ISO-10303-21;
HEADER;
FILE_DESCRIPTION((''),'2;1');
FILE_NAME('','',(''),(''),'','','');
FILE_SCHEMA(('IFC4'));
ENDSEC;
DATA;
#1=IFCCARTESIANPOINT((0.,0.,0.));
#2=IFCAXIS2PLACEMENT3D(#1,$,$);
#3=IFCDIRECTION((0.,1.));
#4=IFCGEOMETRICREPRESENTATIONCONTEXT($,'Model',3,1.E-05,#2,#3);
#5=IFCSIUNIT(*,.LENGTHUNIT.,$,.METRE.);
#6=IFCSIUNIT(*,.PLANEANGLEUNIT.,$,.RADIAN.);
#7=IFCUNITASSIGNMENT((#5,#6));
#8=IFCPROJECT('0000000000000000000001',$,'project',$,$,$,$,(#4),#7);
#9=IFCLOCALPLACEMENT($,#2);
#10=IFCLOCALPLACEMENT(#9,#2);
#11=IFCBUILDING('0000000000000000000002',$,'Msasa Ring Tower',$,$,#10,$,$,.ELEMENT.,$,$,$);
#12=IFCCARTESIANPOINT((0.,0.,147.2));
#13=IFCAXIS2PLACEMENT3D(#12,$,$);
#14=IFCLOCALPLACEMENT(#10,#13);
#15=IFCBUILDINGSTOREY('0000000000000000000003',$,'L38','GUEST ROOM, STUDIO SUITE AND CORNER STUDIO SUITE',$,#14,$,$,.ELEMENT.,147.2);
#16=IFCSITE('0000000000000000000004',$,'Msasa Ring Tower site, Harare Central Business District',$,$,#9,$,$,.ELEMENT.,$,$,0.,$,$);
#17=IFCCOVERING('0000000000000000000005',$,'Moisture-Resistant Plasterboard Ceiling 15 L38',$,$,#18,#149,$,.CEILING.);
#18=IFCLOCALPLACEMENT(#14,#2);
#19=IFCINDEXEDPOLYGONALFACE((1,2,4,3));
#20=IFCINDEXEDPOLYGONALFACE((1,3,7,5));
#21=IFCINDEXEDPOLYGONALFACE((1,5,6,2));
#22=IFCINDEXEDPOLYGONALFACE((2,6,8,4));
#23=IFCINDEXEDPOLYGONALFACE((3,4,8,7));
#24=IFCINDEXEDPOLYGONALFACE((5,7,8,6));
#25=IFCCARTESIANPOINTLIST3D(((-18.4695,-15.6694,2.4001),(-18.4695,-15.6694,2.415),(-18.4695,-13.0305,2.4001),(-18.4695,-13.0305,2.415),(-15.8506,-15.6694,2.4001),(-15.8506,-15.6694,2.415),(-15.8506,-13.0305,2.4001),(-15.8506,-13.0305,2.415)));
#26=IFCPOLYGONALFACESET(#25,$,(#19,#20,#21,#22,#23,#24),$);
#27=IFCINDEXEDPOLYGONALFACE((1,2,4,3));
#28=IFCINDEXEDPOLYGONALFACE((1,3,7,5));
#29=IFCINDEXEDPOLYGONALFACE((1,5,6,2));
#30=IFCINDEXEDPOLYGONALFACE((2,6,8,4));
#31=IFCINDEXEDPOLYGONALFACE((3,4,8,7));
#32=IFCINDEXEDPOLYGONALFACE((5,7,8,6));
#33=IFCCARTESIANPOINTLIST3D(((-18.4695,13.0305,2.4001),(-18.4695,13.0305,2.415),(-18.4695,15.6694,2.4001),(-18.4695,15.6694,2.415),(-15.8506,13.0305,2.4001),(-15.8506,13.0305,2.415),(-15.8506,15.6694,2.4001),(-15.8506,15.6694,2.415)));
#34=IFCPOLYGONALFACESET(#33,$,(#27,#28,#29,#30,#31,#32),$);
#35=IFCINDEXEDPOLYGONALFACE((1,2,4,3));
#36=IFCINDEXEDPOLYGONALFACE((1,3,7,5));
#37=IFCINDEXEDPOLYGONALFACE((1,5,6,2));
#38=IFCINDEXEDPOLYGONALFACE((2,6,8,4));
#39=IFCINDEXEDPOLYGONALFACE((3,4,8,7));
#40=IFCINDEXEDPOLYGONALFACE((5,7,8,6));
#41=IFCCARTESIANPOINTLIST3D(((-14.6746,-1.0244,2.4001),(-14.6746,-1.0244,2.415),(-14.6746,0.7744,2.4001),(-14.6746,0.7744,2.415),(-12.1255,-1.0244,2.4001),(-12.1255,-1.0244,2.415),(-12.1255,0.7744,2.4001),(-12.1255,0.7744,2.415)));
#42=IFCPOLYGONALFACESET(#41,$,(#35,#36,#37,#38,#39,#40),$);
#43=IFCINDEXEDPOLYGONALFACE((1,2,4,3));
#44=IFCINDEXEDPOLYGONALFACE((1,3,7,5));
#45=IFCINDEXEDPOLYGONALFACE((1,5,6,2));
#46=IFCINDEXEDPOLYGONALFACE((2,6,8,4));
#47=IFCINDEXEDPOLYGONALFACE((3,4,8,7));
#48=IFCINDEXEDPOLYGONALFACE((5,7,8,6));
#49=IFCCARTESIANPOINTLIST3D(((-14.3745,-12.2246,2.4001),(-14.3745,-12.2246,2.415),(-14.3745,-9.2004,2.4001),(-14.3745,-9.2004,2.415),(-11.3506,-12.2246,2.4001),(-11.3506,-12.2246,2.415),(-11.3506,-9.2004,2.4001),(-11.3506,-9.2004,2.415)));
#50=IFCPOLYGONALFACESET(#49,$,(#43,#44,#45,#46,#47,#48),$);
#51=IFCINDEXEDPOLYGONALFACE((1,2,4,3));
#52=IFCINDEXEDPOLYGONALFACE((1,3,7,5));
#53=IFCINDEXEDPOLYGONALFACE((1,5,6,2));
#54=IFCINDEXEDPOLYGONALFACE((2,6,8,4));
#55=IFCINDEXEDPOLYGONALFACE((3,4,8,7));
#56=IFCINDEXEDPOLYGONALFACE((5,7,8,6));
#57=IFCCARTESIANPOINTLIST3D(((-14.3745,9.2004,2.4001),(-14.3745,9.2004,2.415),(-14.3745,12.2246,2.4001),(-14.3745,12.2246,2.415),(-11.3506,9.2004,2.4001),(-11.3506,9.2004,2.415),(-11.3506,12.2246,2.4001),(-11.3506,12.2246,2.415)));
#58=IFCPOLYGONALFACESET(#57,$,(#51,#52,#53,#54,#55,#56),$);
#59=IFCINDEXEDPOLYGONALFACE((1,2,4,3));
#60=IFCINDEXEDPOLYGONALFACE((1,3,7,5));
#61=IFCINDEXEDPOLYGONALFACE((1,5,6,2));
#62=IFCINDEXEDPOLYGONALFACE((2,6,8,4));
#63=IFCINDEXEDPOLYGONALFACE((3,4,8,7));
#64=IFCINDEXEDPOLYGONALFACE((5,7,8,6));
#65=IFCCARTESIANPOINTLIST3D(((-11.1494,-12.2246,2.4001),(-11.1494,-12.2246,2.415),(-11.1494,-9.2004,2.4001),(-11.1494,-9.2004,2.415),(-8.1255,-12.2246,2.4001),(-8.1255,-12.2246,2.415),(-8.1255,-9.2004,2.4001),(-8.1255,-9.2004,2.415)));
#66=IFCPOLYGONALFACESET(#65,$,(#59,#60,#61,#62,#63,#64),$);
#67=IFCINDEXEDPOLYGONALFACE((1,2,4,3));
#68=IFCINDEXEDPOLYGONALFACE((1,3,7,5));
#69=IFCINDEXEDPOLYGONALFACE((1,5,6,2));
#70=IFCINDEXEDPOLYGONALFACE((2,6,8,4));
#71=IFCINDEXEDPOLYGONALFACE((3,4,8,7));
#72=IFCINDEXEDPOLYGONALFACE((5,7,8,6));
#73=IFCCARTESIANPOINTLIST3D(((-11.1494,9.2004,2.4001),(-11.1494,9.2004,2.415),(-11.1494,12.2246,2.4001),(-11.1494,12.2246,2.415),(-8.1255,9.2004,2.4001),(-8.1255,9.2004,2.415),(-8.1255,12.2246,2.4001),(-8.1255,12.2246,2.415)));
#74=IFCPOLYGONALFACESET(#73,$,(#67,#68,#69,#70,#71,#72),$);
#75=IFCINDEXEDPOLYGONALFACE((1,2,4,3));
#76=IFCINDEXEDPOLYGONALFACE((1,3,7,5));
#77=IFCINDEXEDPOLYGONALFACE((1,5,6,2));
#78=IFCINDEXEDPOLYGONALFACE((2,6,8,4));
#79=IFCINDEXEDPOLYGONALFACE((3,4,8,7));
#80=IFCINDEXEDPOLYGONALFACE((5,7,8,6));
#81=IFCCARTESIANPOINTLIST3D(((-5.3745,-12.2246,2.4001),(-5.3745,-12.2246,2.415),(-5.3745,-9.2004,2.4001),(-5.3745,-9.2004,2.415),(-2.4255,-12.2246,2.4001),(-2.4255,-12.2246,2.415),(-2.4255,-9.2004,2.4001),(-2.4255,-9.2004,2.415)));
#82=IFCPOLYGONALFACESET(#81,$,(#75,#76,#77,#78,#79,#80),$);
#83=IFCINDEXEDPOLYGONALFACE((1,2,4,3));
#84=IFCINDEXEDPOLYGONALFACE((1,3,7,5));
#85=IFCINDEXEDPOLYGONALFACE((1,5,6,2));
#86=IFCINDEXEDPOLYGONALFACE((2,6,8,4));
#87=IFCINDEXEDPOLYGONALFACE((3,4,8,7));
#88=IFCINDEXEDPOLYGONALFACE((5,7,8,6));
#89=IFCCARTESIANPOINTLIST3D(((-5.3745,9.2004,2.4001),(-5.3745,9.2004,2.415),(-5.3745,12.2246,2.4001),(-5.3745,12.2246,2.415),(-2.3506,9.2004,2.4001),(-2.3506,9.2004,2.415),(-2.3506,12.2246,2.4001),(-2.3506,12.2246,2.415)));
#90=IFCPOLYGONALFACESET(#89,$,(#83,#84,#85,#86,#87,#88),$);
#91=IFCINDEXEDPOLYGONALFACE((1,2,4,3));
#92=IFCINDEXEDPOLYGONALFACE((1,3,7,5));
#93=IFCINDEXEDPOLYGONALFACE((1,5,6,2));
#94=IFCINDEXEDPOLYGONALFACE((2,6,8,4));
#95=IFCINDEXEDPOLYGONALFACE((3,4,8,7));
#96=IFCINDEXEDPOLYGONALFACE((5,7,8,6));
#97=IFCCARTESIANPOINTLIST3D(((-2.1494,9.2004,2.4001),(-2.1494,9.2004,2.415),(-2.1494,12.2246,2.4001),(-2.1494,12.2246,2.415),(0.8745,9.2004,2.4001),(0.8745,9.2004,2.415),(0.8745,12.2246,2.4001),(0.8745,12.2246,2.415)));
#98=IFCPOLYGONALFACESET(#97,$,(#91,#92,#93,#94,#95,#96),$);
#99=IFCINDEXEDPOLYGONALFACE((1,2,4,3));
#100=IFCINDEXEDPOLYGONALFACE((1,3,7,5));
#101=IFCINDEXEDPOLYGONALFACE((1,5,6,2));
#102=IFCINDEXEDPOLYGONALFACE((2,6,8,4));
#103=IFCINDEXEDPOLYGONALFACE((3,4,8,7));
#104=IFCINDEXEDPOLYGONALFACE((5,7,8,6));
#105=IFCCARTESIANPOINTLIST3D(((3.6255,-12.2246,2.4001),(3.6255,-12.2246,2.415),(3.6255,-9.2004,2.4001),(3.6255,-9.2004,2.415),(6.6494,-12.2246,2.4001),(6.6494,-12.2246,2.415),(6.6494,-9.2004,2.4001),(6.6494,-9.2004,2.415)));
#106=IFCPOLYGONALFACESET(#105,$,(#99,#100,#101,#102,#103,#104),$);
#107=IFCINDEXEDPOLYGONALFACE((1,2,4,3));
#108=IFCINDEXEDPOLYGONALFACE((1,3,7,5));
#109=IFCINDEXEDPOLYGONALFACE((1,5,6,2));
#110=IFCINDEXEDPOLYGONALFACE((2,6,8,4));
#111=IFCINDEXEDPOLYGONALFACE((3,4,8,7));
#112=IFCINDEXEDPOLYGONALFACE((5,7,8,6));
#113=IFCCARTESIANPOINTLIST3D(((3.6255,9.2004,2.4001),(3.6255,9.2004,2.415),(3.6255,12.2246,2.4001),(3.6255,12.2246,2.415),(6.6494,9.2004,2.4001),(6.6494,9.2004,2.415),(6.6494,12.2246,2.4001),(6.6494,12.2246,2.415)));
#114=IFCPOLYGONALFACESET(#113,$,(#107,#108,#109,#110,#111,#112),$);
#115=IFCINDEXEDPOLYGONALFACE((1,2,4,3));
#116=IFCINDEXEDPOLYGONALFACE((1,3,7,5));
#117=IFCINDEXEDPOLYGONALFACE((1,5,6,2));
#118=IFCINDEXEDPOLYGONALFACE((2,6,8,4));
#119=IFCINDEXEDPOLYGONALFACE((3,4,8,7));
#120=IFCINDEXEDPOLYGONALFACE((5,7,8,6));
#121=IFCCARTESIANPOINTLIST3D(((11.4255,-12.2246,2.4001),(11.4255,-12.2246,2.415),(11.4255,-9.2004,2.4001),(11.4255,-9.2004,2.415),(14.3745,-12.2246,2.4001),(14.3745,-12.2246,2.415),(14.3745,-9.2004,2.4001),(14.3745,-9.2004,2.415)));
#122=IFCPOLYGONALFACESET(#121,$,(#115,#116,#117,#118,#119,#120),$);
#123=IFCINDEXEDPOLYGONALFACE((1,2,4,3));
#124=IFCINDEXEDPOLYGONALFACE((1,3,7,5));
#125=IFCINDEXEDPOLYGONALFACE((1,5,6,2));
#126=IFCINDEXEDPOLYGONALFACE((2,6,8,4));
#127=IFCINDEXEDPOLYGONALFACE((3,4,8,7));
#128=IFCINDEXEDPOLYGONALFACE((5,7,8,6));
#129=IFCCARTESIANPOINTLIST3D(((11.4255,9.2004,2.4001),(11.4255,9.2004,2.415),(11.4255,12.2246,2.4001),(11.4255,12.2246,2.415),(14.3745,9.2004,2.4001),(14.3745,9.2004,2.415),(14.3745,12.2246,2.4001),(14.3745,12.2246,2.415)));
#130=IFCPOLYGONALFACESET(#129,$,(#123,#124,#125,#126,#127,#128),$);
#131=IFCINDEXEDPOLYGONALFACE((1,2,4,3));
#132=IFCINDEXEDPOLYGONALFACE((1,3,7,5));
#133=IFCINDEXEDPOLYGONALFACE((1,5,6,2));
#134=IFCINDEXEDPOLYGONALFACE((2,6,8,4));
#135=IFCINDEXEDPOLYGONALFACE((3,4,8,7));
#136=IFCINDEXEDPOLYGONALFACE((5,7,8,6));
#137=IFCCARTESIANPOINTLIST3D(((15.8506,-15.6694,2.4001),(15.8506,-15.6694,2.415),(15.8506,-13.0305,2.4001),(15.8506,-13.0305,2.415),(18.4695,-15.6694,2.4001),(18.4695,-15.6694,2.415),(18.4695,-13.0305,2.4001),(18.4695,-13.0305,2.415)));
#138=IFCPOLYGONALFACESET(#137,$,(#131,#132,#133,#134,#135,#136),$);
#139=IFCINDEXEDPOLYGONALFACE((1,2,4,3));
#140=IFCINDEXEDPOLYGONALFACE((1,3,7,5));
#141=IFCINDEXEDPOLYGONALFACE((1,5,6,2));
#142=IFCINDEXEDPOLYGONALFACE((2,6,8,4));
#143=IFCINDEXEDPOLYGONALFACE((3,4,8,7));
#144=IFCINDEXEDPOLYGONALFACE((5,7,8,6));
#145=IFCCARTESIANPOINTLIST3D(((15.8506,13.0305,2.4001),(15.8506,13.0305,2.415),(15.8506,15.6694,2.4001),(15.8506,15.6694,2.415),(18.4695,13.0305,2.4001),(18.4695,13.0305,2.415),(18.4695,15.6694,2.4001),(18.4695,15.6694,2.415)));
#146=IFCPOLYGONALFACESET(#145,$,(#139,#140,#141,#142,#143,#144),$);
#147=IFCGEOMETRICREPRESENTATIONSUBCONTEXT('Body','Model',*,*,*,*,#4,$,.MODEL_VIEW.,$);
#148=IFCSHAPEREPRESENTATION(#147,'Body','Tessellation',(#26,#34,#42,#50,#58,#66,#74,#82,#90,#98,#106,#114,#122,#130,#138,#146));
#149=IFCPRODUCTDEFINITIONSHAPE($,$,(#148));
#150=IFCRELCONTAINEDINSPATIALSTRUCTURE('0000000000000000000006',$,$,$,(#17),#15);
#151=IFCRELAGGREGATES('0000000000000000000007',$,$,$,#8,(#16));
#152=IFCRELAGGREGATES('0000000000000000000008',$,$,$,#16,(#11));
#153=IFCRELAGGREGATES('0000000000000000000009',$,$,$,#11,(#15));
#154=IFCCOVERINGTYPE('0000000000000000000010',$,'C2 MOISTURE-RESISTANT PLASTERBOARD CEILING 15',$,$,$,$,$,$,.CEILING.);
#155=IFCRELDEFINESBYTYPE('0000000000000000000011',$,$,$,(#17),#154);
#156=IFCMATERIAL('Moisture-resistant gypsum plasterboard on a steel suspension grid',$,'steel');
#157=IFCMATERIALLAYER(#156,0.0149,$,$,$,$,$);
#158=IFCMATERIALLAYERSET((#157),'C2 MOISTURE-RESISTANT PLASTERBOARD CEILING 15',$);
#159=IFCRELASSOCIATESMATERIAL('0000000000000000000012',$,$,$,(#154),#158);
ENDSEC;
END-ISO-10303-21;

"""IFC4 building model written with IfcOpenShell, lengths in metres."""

from ifc_helpers import new_model, si_unit, direction, frame, origin, place, context, subcontext, project, spatial, line, indexed_curve, outline, extrude, material, layer, layer_set, type_object, element, save


model = new_model("IFC4")

# Units and contexts
model_context = context("Model", 3, precision=1e-05, world=origin(), true_north=direction((0.0, 1.0)))
body_context = subcontext(model_context, "Body", "Model", "MODEL_VIEW")
ifc_project = project(units=[si_unit("LENGTHUNIT", "METRE"), si_unit("PLANEANGLEUNIT", "RADIAN")], contexts=[model_context])

# Site, building, storey
site_placement = place(None, origin())
site = spatial("IfcSite", under=ifc_project, at=site_placement, Name="Msasa Ring Tower site, Harare Central Business District", CompositionType="ELEMENT", RefElevation=0.0)
building_placement = place(site_placement, origin())
building = spatial("IfcBuilding", under=site, at=building_placement, Name="Msasa Ring Tower", CompositionType="ELEMENT")
storey_placement = place(building_placement, frame((0.0, 0.0, 147.2)))
storey = spatial("IfcBuildingStorey", under=building, at=storey_placement, Name="L38", Description="GUEST ROOM, STUDIO SUITE AND CORNER STUDIO SUITE", CompositionType="ELEMENT", Elevation=147.2)

# Covering
ifc_material_1 = material(Name="Moisture-resistant gypsum plasterboard on a steel suspension grid", Category="steel")
ifc_layer_1 = layer(ifc_material_1, 0.0149)
ifc_layer_set_1 = layer_set([ifc_layer_1], Name="C2 MOISTURE-RESISTANT PLASTERBOARD CEILING 15")
covering_type_1 = type_object("IfcCoveringType", Name="C2 MOISTURE-RESISTANT PLASTERBOARD CEILING 15", PredefinedType="CEILING", material=ifc_layer_set_1)
covering_1_placement = place(storey_placement, frame((0.0, 0.0, 2.4001)))
element("IfcCovering", 1, at=covering_1_placement, inside=storey, type_object=covering_type_1, Name="Moisture-Resistant Plasterboard Ceiling 15 L38", PredefinedType="CEILING", context=body_context, shape_type="SweptSolid", body=[
    extrude(outline(indexed_curve([(-18.4695, -13.0305), (-15.8506, -13.0305), (-15.8506, -15.6694), (-18.4695, -15.6694)], segments=[line(1, 2, 3, 4, 1)], self_intersect=False)), origin(), (0.0, 0.0, 1.0), 0.0149),
    extrude(outline(indexed_curve([(-18.4695, 15.6694), (-15.8506, 15.6694), (-15.8506, 13.0305), (-18.4695, 13.0305)], segments=[line(1, 2, 3, 4, 1)], self_intersect=False)), origin(), (0.0, 0.0, 1.0), 0.0149),
    extrude(outline(indexed_curve([(-14.6746, 0.7744), (-12.1255, 0.7744), (-12.1255, -1.0244), (-14.6746, -1.0244)], segments=[line(1, 2, 3, 4, 1)], self_intersect=False)), origin(), (0.0, 0.0, 1.0), 0.0149),
    extrude(outline(indexed_curve([(-11.3506, -9.2004), (-11.3506, -12.2246), (-14.3745, -12.2246), (-14.3745, -9.2004)], segments=[line(1, 2, 3, 4, 1)], self_intersect=False)), origin(), (0.0, 0.0, 1.0), 0.0149),
    extrude(outline(indexed_curve([(-11.3506, 9.2004), (-14.3745, 9.2004), (-14.3745, 12.2246), (-11.3506, 12.2246)], segments=[line(1, 2, 3, 4, 1)], self_intersect=False)), origin(), (0.0, 0.0, 1.0), 0.0149),
    extrude(outline(indexed_curve([(-11.1494, -9.2004), (-8.1255, -9.2004), (-8.1255, -12.2246), (-11.1494, -12.2246)], segments=[line(1, 2, 3, 4, 1)], self_intersect=False)), origin(), (0.0, 0.0, 1.0), 0.0149),
    extrude(outline(indexed_curve([(-11.1494, 12.2246), (-8.1255, 12.2246), (-8.1255, 9.2004), (-11.1494, 9.2004)], segments=[line(1, 2, 3, 4, 1)], self_intersect=False)), origin(), (0.0, 0.0, 1.0), 0.0149),
    extrude(outline(indexed_curve([(-2.4255, -9.2004), (-2.4255, -12.2246), (-5.3745, -12.2246), (-5.3745, -9.2004)], segments=[line(1, 2, 3, 4, 1)], self_intersect=False)), origin(), (0.0, 0.0, 1.0), 0.0149),
    extrude(outline(indexed_curve([(-2.3506, 9.2004), (-5.3745, 9.2004), (-5.3745, 12.2246), (-2.3506, 12.2246)], segments=[line(1, 2, 3, 4, 1)], self_intersect=False)), origin(), (0.0, 0.0, 1.0), 0.0149),
    extrude(outline(indexed_curve([(-2.1494, 12.2246), (0.8745, 12.2246), (0.8745, 9.2004), (-2.1494, 9.2004)], segments=[line(1, 2, 3, 4, 1)], self_intersect=False)), origin(), (0.0, 0.0, 1.0), 0.0149),
    extrude(outline(indexed_curve([(6.6494, -9.2004), (6.6494, -12.2246), (3.6255, -12.2246), (3.6255, -9.2004)], segments=[line(1, 2, 3, 4, 1)], self_intersect=False)), origin(), (0.0, 0.0, 1.0), 0.0149),
    extrude(outline(indexed_curve([(6.6494, 9.2004), (3.6255, 9.2004), (3.6255, 12.2246), (6.6494, 12.2246)], segments=[line(1, 2, 3, 4, 1)], self_intersect=False)), origin(), (0.0, 0.0, 1.0), 0.0149),
    extrude(outline(indexed_curve([(14.3745, -9.2004), (14.3745, -12.2246), (11.4255, -12.2246), (11.4255, -9.2004)], segments=[line(1, 2, 3, 4, 1)], self_intersect=False)), origin(), (0.0, 0.0, 1.0), 0.0149),
    extrude(outline(indexed_curve([(11.4255, 9.2004), (11.4255, 12.2246), (14.3745, 12.2246), (14.3745, 9.2004)], segments=[line(1, 2, 3, 4, 1)], self_intersect=False)), origin(), (0.0, 0.0, 1.0), 0.0149),
    extrude(outline(indexed_curve([(15.8506, -13.0305), (18.4695, -13.0305), (18.4695, -15.6694), (15.8506, -15.6694)], segments=[line(1, 2, 3, 4, 1)], self_intersect=False)), origin(), (0.0, 0.0, 1.0), 0.0149),
    extrude(outline(indexed_curve([(15.8506, 15.6694), (18.4695, 15.6694), (18.4695, 13.0305), (15.8506, 13.0305)], segments=[line(1, 2, 3, 4, 1)], self_intersect=False)), origin(), (0.0, 0.0, 1.0), 0.0149),
])

save(model, "model.ifc")
